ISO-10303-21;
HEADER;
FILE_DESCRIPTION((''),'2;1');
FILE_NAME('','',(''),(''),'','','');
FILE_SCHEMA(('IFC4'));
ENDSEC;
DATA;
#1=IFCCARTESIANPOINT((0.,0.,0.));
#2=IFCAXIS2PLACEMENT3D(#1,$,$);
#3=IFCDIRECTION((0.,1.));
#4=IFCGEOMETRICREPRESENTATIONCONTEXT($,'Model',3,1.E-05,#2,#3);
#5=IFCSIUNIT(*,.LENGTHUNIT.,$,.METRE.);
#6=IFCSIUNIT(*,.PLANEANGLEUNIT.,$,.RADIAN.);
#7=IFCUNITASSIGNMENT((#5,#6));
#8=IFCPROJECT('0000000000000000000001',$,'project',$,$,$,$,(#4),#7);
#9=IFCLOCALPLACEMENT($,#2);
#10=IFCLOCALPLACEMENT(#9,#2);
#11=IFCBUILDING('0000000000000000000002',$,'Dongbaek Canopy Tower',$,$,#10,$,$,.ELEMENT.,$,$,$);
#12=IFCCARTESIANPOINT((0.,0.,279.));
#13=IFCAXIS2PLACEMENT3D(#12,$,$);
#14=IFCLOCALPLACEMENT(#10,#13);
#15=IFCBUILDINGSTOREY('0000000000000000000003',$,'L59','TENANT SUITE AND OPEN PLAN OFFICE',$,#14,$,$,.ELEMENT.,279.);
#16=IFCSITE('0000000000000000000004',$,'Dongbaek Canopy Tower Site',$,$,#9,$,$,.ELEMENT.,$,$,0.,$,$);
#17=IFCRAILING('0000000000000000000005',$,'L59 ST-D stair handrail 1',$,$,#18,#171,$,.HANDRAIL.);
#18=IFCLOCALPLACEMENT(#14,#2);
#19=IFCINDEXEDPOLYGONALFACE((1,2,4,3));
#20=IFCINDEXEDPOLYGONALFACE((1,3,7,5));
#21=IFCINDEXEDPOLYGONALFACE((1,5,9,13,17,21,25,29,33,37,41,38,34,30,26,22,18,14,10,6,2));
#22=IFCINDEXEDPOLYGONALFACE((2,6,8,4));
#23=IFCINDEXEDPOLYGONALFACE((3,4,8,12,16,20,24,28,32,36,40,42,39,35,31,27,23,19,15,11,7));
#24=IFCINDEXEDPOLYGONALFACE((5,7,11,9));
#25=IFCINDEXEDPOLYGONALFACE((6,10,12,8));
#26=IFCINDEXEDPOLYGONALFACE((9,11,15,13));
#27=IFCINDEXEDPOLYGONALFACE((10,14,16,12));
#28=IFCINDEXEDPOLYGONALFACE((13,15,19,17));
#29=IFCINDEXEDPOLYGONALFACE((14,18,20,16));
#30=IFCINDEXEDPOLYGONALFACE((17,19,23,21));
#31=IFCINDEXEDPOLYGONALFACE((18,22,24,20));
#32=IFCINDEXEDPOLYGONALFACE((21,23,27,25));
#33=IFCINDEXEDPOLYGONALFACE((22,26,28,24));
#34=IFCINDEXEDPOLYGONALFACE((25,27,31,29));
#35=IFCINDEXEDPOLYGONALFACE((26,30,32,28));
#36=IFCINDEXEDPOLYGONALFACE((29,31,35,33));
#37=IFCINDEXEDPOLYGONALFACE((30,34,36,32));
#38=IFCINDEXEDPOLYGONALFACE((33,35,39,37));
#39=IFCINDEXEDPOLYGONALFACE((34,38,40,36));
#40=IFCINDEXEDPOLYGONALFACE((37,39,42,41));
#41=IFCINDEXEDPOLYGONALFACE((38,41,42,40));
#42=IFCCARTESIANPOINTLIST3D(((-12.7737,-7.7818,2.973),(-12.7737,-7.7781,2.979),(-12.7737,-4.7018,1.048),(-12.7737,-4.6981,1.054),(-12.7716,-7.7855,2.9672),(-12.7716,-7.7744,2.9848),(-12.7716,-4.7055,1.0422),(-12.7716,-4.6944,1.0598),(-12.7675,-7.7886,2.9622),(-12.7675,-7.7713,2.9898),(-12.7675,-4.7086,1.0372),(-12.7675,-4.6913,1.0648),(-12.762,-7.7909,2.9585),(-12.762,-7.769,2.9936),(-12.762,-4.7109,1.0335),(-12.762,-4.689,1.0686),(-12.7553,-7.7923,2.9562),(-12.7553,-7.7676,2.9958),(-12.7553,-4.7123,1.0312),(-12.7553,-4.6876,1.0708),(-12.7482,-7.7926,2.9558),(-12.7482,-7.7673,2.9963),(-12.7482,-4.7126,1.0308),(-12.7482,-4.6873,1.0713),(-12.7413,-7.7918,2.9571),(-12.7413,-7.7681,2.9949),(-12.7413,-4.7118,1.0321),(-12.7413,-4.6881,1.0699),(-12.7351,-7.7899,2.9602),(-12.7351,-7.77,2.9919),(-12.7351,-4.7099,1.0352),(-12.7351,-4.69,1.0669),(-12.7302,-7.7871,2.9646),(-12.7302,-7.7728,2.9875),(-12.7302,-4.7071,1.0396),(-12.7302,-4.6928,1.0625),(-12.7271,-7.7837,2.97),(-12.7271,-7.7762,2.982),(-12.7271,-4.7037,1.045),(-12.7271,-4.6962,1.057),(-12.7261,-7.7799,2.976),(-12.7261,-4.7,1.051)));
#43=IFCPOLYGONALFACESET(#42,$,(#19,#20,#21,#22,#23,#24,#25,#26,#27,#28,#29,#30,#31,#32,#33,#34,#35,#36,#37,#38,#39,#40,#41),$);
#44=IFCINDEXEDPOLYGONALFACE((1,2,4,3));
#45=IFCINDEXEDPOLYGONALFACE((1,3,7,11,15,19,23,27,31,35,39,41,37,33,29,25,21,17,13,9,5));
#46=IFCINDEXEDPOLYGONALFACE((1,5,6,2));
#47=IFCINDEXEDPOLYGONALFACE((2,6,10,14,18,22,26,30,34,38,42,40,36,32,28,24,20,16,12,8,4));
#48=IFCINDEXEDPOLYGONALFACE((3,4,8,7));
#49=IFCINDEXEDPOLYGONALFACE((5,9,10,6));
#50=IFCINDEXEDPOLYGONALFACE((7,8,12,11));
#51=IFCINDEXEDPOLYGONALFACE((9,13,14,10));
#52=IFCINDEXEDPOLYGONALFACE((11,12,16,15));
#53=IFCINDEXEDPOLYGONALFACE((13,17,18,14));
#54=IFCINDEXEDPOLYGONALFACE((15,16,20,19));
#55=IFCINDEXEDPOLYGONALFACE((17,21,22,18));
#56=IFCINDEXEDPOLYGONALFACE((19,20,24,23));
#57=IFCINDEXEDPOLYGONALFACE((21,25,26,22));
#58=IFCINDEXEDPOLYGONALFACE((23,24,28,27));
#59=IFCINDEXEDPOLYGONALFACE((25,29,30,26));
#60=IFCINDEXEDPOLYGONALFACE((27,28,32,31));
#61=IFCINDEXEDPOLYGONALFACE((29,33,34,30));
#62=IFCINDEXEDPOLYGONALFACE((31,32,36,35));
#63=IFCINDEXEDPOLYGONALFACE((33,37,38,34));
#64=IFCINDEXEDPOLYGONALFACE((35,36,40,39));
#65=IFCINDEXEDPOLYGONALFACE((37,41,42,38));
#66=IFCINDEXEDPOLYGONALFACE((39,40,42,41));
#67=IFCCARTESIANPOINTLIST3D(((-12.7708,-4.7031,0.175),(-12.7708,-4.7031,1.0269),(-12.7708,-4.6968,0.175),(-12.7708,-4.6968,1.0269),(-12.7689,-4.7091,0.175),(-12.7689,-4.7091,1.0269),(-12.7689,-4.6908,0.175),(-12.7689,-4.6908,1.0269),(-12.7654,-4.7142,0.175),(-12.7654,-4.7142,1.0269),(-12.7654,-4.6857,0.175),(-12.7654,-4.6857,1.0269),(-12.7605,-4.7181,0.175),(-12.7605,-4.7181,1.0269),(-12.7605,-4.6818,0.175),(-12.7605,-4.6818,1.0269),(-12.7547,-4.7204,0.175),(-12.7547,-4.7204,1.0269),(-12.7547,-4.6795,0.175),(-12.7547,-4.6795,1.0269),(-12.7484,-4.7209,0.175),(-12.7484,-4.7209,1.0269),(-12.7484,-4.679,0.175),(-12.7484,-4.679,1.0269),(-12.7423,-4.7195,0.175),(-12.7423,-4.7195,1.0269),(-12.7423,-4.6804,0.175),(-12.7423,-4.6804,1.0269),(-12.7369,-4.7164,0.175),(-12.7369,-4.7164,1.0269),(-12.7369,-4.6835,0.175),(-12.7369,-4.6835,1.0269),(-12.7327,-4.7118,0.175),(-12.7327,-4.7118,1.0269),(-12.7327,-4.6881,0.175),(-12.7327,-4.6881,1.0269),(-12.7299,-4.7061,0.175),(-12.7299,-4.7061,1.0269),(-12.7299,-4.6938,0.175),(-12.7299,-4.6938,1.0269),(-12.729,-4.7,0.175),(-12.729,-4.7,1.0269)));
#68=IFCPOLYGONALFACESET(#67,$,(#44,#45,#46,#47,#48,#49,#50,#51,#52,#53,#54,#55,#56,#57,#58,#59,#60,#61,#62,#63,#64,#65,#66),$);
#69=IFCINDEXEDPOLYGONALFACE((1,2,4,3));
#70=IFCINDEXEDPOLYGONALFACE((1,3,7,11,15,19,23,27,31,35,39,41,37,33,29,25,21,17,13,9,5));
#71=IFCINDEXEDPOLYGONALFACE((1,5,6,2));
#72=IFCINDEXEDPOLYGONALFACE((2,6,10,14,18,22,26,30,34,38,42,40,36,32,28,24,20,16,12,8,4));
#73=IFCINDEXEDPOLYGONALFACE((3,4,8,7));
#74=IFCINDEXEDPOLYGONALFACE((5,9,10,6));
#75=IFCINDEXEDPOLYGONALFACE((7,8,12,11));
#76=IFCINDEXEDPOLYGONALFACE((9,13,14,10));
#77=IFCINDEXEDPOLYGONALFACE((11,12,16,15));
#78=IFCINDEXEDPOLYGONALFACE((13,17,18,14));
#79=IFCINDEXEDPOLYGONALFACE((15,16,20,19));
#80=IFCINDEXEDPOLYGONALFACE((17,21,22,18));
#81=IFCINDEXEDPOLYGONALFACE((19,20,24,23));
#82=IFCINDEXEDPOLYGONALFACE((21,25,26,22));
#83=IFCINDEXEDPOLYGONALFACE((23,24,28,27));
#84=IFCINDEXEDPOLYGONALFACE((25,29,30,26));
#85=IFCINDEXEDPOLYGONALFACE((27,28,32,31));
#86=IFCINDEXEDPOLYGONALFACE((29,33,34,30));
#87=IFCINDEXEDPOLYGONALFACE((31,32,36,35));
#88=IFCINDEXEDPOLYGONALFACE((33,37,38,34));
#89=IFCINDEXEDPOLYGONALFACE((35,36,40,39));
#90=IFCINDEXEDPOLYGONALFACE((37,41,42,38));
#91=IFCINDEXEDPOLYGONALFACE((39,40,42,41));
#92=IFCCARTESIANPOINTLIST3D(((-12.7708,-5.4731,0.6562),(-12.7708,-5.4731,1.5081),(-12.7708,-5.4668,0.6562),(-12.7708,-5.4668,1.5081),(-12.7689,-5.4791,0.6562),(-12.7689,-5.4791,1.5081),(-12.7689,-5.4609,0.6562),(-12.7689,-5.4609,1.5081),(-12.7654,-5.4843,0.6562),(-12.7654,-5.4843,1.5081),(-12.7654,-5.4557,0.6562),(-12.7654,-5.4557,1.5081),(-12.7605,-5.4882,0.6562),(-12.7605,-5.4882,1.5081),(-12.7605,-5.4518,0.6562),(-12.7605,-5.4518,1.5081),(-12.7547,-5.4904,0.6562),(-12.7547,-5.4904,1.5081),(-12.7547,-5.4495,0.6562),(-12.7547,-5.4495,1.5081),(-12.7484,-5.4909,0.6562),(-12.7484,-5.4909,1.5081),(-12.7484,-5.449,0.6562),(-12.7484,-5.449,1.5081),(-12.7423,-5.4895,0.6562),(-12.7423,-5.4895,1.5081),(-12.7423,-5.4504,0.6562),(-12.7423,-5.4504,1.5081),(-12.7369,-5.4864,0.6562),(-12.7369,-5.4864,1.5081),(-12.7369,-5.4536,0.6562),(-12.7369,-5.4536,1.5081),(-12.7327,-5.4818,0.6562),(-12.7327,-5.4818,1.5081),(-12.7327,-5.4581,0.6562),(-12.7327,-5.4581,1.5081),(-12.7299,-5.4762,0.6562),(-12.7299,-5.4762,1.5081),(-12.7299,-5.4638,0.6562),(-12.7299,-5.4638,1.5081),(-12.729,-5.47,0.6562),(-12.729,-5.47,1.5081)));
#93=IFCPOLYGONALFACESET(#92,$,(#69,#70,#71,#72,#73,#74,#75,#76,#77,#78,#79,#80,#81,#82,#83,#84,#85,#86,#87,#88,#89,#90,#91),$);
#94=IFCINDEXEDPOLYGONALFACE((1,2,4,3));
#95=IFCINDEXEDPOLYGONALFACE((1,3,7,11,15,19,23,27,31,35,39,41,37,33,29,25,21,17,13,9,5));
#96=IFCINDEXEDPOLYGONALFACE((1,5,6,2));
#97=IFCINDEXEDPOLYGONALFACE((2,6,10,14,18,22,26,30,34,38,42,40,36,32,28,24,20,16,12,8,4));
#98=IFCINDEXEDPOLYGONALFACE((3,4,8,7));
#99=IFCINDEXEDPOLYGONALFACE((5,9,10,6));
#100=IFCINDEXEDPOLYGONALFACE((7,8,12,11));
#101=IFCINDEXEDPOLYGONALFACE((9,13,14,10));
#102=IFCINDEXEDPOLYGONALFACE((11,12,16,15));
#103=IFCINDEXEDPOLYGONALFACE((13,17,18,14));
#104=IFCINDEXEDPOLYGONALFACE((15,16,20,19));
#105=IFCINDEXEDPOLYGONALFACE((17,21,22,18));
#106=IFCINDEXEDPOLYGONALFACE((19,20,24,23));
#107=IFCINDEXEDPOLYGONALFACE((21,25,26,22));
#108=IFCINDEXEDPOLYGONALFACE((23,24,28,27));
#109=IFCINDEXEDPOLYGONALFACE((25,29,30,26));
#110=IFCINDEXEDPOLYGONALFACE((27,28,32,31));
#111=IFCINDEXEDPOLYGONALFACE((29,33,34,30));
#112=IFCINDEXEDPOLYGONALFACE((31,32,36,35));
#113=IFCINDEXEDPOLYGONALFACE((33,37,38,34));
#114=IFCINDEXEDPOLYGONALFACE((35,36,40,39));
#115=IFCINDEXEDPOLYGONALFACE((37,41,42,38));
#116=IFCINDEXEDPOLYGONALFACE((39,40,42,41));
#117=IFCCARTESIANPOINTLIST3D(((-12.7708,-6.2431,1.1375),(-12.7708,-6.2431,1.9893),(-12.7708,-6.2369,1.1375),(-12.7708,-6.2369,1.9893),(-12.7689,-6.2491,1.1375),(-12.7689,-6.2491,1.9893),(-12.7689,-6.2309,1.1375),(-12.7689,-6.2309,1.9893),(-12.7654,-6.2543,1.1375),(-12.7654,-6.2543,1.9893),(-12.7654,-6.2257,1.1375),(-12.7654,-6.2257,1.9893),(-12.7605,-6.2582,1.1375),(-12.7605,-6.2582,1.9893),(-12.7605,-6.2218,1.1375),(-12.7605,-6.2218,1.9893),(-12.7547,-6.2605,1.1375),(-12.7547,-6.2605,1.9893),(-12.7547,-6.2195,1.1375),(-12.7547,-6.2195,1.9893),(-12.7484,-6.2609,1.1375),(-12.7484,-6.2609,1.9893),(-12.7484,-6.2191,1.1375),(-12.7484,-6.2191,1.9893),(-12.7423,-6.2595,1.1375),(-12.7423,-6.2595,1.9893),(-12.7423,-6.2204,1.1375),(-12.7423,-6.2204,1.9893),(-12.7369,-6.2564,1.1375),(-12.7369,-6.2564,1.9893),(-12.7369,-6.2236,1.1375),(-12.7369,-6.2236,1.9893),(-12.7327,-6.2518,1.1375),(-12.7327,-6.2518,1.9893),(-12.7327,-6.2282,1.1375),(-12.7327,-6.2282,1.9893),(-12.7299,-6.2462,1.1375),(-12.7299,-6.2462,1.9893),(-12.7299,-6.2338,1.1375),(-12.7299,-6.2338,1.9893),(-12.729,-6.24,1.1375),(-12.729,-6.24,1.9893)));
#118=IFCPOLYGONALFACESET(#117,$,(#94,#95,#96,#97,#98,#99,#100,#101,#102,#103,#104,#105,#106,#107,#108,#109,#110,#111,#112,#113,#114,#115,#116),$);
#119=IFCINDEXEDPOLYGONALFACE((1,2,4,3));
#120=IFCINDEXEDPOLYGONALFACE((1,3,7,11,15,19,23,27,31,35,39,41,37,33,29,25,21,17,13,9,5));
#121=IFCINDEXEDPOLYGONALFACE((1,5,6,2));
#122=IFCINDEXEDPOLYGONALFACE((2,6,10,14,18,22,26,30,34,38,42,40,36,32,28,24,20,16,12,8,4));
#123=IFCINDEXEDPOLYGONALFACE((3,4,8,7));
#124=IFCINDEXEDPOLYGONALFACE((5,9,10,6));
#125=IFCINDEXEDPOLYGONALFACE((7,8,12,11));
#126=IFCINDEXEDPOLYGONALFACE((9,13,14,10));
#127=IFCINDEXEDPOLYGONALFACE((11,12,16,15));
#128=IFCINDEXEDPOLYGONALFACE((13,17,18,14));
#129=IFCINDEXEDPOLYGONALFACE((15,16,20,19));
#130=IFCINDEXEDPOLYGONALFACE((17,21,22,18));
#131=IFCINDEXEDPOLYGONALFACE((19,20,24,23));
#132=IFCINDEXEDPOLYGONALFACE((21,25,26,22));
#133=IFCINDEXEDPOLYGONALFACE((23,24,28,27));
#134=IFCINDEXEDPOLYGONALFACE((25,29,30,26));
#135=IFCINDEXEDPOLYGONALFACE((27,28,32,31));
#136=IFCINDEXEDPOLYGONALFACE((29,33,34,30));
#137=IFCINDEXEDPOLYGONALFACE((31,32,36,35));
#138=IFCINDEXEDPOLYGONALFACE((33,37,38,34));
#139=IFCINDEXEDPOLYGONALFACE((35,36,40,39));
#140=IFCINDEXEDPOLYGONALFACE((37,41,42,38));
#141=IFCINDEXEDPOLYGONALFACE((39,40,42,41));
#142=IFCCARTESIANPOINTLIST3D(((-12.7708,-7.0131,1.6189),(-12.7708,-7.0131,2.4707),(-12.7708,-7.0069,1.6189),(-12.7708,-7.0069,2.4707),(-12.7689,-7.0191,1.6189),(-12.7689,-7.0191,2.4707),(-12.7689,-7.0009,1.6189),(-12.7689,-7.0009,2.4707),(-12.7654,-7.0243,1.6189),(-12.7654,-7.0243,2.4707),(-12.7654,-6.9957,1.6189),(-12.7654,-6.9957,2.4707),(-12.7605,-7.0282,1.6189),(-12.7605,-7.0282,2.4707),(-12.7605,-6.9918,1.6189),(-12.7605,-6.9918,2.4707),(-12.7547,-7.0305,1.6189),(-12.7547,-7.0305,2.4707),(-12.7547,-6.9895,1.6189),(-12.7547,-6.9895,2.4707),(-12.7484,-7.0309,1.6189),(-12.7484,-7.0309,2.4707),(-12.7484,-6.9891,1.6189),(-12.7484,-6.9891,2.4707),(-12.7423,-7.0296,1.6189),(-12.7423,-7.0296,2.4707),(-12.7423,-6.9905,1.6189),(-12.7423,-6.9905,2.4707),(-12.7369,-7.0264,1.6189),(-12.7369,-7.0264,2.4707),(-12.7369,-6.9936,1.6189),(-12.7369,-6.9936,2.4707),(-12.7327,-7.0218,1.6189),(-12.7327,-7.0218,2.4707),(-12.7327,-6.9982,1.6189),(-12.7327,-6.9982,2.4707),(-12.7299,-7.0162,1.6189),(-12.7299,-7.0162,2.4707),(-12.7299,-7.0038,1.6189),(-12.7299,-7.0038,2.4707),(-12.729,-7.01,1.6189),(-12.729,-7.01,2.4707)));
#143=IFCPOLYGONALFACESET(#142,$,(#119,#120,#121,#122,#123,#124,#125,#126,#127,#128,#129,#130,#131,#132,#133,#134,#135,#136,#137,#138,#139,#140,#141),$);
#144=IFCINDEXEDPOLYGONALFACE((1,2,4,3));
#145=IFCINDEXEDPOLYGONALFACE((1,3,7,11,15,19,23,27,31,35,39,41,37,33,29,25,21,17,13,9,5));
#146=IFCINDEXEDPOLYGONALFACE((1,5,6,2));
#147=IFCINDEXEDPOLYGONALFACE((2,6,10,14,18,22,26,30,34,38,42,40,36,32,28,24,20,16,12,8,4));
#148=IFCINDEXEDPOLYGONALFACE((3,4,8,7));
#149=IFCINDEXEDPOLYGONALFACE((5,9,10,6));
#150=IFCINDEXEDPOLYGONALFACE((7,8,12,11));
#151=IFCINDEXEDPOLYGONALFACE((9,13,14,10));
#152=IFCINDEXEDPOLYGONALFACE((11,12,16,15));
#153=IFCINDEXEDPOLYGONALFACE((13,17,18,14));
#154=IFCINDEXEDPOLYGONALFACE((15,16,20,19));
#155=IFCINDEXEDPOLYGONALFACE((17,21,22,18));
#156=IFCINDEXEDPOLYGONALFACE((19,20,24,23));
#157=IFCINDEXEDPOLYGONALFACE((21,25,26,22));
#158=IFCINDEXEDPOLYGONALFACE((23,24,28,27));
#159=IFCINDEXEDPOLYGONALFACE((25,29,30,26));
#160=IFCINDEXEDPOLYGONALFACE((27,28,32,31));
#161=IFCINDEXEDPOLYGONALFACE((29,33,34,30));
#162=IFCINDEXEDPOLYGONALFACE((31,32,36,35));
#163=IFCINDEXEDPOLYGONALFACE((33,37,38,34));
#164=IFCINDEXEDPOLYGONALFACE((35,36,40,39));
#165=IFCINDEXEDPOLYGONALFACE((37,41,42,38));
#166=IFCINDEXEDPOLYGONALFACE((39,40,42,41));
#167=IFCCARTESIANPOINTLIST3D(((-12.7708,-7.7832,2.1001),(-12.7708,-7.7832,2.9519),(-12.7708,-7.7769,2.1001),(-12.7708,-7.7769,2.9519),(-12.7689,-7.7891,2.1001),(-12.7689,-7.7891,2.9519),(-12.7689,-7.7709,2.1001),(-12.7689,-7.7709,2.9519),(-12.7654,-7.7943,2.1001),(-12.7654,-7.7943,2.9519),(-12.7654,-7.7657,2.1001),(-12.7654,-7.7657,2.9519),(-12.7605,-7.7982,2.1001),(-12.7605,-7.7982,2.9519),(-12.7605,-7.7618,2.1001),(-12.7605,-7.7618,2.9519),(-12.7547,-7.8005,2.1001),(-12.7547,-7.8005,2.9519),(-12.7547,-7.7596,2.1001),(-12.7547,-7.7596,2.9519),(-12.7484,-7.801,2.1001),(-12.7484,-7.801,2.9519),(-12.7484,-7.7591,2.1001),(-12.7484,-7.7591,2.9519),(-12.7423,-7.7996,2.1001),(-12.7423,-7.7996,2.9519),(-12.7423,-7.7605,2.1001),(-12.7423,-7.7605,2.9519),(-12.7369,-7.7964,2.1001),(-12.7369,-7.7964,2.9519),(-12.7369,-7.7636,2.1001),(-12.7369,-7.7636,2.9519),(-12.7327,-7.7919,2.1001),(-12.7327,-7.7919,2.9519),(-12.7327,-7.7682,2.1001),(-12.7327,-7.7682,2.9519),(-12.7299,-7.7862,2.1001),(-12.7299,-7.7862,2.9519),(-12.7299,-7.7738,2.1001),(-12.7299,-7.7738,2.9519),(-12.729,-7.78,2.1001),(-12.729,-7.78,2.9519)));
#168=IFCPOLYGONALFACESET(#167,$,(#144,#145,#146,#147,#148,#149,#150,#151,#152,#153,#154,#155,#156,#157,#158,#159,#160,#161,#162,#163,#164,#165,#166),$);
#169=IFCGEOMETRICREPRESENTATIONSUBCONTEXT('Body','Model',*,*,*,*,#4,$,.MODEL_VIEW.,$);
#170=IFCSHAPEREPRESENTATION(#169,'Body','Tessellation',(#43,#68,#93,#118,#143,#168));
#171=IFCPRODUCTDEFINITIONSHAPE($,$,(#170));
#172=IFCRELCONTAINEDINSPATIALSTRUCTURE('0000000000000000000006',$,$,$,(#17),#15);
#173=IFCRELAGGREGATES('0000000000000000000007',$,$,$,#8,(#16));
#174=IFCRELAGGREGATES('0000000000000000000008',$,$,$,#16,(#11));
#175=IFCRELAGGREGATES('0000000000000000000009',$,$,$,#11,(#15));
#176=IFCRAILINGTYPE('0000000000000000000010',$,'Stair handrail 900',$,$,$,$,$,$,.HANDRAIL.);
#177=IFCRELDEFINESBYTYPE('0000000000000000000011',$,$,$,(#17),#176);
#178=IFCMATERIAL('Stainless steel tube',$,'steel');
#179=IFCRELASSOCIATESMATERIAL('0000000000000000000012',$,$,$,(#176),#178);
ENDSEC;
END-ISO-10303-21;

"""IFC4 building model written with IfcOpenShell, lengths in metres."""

from ifc_helpers import new_model, si_unit, direction, frame, origin, origin_2d, place, context, subcontext, project, spatial, circle, extrude, material, type_object, element, save


model = new_model("IFC4")

# Units and contexts
model_context = context("Model", 3, precision=1e-05, world=origin(), true_north=direction((0.0, 1.0)))
body_context = subcontext(model_context, "Body", "Model", "MODEL_VIEW")
ifc_project = project(units=[si_unit("LENGTHUNIT", "METRE"), si_unit("PLANEANGLEUNIT", "RADIAN")], contexts=[model_context])

# Site, building, storey
site_placement = place(None, origin())
site = spatial("IfcSite", under=ifc_project, at=site_placement, Name="Dongbaek Canopy Tower Site", CompositionType="ELEMENT", RefElevation=0.0)
building_placement = place(site_placement, origin())
building = spatial("IfcBuilding", under=site, at=building_placement, Name="Dongbaek Canopy Tower", CompositionType="ELEMENT")
storey_placement = place(building_placement, frame((0.0, 0.0, 279.0)))
storey = spatial("IfcBuildingStorey", under=building, at=storey_placement, Name="L59", Description="TENANT SUITE AND OPEN PLAN OFFICE", CompositionType="ELEMENT", Elevation=279.0)

# Railing
ifc_material_1 = material(Name="Stainless steel tube", Category="steel")
railing_type_1 = type_object("IfcRailingType", Name="Stair handrail 900", PredefinedType="HANDRAIL", material=ifc_material_1)
railing_1_placement = place(storey_placement, frame((-12.75, -4.7, 0.175)))
element("IfcRailing", 1, at=railing_1_placement, inside=storey, type_object=railing_type_1, Name="L59 ST-D stair handrail 1", PredefinedType="HANDRAIL", context=body_context, shape_type="SweptSolid", body=[
    extrude(circle(Radius=0.0239, at=origin_2d()), frame((0.0, 0.0, 0.876), z_axis=(0.0, -0.847998, 0.529999), x_axis=(1.0, 0.0, 0.0)), (0.0, 0.0, 1.0), 3.6321),
    extrude(circle(Radius=0.021, at=origin_2d()), origin(), (0.0, 0.0, 1.0), 0.8518),
    extrude(circle(Radius=0.021, at=origin_2d()), frame((0.0, -0.77, 0.4812)), (0.0, 0.0, 1.0), 0.8518),
    extrude(circle(Radius=0.021, at=origin_2d()), frame((0.0, -1.54, 0.9624)), (0.0, 0.0, 1.0), 0.8518),
    extrude(circle(Radius=0.021, at=origin_2d()), frame((0.0, -2.3101, 1.4438)), (0.0, 0.0, 1.0), 0.8518),
    extrude(circle(Radius=0.021, at=origin_2d()), frame((0.0, -3.0801, 1.925)), (0.0, 0.0, 1.0), 0.8518),
])

save(model, "model.ifc")
